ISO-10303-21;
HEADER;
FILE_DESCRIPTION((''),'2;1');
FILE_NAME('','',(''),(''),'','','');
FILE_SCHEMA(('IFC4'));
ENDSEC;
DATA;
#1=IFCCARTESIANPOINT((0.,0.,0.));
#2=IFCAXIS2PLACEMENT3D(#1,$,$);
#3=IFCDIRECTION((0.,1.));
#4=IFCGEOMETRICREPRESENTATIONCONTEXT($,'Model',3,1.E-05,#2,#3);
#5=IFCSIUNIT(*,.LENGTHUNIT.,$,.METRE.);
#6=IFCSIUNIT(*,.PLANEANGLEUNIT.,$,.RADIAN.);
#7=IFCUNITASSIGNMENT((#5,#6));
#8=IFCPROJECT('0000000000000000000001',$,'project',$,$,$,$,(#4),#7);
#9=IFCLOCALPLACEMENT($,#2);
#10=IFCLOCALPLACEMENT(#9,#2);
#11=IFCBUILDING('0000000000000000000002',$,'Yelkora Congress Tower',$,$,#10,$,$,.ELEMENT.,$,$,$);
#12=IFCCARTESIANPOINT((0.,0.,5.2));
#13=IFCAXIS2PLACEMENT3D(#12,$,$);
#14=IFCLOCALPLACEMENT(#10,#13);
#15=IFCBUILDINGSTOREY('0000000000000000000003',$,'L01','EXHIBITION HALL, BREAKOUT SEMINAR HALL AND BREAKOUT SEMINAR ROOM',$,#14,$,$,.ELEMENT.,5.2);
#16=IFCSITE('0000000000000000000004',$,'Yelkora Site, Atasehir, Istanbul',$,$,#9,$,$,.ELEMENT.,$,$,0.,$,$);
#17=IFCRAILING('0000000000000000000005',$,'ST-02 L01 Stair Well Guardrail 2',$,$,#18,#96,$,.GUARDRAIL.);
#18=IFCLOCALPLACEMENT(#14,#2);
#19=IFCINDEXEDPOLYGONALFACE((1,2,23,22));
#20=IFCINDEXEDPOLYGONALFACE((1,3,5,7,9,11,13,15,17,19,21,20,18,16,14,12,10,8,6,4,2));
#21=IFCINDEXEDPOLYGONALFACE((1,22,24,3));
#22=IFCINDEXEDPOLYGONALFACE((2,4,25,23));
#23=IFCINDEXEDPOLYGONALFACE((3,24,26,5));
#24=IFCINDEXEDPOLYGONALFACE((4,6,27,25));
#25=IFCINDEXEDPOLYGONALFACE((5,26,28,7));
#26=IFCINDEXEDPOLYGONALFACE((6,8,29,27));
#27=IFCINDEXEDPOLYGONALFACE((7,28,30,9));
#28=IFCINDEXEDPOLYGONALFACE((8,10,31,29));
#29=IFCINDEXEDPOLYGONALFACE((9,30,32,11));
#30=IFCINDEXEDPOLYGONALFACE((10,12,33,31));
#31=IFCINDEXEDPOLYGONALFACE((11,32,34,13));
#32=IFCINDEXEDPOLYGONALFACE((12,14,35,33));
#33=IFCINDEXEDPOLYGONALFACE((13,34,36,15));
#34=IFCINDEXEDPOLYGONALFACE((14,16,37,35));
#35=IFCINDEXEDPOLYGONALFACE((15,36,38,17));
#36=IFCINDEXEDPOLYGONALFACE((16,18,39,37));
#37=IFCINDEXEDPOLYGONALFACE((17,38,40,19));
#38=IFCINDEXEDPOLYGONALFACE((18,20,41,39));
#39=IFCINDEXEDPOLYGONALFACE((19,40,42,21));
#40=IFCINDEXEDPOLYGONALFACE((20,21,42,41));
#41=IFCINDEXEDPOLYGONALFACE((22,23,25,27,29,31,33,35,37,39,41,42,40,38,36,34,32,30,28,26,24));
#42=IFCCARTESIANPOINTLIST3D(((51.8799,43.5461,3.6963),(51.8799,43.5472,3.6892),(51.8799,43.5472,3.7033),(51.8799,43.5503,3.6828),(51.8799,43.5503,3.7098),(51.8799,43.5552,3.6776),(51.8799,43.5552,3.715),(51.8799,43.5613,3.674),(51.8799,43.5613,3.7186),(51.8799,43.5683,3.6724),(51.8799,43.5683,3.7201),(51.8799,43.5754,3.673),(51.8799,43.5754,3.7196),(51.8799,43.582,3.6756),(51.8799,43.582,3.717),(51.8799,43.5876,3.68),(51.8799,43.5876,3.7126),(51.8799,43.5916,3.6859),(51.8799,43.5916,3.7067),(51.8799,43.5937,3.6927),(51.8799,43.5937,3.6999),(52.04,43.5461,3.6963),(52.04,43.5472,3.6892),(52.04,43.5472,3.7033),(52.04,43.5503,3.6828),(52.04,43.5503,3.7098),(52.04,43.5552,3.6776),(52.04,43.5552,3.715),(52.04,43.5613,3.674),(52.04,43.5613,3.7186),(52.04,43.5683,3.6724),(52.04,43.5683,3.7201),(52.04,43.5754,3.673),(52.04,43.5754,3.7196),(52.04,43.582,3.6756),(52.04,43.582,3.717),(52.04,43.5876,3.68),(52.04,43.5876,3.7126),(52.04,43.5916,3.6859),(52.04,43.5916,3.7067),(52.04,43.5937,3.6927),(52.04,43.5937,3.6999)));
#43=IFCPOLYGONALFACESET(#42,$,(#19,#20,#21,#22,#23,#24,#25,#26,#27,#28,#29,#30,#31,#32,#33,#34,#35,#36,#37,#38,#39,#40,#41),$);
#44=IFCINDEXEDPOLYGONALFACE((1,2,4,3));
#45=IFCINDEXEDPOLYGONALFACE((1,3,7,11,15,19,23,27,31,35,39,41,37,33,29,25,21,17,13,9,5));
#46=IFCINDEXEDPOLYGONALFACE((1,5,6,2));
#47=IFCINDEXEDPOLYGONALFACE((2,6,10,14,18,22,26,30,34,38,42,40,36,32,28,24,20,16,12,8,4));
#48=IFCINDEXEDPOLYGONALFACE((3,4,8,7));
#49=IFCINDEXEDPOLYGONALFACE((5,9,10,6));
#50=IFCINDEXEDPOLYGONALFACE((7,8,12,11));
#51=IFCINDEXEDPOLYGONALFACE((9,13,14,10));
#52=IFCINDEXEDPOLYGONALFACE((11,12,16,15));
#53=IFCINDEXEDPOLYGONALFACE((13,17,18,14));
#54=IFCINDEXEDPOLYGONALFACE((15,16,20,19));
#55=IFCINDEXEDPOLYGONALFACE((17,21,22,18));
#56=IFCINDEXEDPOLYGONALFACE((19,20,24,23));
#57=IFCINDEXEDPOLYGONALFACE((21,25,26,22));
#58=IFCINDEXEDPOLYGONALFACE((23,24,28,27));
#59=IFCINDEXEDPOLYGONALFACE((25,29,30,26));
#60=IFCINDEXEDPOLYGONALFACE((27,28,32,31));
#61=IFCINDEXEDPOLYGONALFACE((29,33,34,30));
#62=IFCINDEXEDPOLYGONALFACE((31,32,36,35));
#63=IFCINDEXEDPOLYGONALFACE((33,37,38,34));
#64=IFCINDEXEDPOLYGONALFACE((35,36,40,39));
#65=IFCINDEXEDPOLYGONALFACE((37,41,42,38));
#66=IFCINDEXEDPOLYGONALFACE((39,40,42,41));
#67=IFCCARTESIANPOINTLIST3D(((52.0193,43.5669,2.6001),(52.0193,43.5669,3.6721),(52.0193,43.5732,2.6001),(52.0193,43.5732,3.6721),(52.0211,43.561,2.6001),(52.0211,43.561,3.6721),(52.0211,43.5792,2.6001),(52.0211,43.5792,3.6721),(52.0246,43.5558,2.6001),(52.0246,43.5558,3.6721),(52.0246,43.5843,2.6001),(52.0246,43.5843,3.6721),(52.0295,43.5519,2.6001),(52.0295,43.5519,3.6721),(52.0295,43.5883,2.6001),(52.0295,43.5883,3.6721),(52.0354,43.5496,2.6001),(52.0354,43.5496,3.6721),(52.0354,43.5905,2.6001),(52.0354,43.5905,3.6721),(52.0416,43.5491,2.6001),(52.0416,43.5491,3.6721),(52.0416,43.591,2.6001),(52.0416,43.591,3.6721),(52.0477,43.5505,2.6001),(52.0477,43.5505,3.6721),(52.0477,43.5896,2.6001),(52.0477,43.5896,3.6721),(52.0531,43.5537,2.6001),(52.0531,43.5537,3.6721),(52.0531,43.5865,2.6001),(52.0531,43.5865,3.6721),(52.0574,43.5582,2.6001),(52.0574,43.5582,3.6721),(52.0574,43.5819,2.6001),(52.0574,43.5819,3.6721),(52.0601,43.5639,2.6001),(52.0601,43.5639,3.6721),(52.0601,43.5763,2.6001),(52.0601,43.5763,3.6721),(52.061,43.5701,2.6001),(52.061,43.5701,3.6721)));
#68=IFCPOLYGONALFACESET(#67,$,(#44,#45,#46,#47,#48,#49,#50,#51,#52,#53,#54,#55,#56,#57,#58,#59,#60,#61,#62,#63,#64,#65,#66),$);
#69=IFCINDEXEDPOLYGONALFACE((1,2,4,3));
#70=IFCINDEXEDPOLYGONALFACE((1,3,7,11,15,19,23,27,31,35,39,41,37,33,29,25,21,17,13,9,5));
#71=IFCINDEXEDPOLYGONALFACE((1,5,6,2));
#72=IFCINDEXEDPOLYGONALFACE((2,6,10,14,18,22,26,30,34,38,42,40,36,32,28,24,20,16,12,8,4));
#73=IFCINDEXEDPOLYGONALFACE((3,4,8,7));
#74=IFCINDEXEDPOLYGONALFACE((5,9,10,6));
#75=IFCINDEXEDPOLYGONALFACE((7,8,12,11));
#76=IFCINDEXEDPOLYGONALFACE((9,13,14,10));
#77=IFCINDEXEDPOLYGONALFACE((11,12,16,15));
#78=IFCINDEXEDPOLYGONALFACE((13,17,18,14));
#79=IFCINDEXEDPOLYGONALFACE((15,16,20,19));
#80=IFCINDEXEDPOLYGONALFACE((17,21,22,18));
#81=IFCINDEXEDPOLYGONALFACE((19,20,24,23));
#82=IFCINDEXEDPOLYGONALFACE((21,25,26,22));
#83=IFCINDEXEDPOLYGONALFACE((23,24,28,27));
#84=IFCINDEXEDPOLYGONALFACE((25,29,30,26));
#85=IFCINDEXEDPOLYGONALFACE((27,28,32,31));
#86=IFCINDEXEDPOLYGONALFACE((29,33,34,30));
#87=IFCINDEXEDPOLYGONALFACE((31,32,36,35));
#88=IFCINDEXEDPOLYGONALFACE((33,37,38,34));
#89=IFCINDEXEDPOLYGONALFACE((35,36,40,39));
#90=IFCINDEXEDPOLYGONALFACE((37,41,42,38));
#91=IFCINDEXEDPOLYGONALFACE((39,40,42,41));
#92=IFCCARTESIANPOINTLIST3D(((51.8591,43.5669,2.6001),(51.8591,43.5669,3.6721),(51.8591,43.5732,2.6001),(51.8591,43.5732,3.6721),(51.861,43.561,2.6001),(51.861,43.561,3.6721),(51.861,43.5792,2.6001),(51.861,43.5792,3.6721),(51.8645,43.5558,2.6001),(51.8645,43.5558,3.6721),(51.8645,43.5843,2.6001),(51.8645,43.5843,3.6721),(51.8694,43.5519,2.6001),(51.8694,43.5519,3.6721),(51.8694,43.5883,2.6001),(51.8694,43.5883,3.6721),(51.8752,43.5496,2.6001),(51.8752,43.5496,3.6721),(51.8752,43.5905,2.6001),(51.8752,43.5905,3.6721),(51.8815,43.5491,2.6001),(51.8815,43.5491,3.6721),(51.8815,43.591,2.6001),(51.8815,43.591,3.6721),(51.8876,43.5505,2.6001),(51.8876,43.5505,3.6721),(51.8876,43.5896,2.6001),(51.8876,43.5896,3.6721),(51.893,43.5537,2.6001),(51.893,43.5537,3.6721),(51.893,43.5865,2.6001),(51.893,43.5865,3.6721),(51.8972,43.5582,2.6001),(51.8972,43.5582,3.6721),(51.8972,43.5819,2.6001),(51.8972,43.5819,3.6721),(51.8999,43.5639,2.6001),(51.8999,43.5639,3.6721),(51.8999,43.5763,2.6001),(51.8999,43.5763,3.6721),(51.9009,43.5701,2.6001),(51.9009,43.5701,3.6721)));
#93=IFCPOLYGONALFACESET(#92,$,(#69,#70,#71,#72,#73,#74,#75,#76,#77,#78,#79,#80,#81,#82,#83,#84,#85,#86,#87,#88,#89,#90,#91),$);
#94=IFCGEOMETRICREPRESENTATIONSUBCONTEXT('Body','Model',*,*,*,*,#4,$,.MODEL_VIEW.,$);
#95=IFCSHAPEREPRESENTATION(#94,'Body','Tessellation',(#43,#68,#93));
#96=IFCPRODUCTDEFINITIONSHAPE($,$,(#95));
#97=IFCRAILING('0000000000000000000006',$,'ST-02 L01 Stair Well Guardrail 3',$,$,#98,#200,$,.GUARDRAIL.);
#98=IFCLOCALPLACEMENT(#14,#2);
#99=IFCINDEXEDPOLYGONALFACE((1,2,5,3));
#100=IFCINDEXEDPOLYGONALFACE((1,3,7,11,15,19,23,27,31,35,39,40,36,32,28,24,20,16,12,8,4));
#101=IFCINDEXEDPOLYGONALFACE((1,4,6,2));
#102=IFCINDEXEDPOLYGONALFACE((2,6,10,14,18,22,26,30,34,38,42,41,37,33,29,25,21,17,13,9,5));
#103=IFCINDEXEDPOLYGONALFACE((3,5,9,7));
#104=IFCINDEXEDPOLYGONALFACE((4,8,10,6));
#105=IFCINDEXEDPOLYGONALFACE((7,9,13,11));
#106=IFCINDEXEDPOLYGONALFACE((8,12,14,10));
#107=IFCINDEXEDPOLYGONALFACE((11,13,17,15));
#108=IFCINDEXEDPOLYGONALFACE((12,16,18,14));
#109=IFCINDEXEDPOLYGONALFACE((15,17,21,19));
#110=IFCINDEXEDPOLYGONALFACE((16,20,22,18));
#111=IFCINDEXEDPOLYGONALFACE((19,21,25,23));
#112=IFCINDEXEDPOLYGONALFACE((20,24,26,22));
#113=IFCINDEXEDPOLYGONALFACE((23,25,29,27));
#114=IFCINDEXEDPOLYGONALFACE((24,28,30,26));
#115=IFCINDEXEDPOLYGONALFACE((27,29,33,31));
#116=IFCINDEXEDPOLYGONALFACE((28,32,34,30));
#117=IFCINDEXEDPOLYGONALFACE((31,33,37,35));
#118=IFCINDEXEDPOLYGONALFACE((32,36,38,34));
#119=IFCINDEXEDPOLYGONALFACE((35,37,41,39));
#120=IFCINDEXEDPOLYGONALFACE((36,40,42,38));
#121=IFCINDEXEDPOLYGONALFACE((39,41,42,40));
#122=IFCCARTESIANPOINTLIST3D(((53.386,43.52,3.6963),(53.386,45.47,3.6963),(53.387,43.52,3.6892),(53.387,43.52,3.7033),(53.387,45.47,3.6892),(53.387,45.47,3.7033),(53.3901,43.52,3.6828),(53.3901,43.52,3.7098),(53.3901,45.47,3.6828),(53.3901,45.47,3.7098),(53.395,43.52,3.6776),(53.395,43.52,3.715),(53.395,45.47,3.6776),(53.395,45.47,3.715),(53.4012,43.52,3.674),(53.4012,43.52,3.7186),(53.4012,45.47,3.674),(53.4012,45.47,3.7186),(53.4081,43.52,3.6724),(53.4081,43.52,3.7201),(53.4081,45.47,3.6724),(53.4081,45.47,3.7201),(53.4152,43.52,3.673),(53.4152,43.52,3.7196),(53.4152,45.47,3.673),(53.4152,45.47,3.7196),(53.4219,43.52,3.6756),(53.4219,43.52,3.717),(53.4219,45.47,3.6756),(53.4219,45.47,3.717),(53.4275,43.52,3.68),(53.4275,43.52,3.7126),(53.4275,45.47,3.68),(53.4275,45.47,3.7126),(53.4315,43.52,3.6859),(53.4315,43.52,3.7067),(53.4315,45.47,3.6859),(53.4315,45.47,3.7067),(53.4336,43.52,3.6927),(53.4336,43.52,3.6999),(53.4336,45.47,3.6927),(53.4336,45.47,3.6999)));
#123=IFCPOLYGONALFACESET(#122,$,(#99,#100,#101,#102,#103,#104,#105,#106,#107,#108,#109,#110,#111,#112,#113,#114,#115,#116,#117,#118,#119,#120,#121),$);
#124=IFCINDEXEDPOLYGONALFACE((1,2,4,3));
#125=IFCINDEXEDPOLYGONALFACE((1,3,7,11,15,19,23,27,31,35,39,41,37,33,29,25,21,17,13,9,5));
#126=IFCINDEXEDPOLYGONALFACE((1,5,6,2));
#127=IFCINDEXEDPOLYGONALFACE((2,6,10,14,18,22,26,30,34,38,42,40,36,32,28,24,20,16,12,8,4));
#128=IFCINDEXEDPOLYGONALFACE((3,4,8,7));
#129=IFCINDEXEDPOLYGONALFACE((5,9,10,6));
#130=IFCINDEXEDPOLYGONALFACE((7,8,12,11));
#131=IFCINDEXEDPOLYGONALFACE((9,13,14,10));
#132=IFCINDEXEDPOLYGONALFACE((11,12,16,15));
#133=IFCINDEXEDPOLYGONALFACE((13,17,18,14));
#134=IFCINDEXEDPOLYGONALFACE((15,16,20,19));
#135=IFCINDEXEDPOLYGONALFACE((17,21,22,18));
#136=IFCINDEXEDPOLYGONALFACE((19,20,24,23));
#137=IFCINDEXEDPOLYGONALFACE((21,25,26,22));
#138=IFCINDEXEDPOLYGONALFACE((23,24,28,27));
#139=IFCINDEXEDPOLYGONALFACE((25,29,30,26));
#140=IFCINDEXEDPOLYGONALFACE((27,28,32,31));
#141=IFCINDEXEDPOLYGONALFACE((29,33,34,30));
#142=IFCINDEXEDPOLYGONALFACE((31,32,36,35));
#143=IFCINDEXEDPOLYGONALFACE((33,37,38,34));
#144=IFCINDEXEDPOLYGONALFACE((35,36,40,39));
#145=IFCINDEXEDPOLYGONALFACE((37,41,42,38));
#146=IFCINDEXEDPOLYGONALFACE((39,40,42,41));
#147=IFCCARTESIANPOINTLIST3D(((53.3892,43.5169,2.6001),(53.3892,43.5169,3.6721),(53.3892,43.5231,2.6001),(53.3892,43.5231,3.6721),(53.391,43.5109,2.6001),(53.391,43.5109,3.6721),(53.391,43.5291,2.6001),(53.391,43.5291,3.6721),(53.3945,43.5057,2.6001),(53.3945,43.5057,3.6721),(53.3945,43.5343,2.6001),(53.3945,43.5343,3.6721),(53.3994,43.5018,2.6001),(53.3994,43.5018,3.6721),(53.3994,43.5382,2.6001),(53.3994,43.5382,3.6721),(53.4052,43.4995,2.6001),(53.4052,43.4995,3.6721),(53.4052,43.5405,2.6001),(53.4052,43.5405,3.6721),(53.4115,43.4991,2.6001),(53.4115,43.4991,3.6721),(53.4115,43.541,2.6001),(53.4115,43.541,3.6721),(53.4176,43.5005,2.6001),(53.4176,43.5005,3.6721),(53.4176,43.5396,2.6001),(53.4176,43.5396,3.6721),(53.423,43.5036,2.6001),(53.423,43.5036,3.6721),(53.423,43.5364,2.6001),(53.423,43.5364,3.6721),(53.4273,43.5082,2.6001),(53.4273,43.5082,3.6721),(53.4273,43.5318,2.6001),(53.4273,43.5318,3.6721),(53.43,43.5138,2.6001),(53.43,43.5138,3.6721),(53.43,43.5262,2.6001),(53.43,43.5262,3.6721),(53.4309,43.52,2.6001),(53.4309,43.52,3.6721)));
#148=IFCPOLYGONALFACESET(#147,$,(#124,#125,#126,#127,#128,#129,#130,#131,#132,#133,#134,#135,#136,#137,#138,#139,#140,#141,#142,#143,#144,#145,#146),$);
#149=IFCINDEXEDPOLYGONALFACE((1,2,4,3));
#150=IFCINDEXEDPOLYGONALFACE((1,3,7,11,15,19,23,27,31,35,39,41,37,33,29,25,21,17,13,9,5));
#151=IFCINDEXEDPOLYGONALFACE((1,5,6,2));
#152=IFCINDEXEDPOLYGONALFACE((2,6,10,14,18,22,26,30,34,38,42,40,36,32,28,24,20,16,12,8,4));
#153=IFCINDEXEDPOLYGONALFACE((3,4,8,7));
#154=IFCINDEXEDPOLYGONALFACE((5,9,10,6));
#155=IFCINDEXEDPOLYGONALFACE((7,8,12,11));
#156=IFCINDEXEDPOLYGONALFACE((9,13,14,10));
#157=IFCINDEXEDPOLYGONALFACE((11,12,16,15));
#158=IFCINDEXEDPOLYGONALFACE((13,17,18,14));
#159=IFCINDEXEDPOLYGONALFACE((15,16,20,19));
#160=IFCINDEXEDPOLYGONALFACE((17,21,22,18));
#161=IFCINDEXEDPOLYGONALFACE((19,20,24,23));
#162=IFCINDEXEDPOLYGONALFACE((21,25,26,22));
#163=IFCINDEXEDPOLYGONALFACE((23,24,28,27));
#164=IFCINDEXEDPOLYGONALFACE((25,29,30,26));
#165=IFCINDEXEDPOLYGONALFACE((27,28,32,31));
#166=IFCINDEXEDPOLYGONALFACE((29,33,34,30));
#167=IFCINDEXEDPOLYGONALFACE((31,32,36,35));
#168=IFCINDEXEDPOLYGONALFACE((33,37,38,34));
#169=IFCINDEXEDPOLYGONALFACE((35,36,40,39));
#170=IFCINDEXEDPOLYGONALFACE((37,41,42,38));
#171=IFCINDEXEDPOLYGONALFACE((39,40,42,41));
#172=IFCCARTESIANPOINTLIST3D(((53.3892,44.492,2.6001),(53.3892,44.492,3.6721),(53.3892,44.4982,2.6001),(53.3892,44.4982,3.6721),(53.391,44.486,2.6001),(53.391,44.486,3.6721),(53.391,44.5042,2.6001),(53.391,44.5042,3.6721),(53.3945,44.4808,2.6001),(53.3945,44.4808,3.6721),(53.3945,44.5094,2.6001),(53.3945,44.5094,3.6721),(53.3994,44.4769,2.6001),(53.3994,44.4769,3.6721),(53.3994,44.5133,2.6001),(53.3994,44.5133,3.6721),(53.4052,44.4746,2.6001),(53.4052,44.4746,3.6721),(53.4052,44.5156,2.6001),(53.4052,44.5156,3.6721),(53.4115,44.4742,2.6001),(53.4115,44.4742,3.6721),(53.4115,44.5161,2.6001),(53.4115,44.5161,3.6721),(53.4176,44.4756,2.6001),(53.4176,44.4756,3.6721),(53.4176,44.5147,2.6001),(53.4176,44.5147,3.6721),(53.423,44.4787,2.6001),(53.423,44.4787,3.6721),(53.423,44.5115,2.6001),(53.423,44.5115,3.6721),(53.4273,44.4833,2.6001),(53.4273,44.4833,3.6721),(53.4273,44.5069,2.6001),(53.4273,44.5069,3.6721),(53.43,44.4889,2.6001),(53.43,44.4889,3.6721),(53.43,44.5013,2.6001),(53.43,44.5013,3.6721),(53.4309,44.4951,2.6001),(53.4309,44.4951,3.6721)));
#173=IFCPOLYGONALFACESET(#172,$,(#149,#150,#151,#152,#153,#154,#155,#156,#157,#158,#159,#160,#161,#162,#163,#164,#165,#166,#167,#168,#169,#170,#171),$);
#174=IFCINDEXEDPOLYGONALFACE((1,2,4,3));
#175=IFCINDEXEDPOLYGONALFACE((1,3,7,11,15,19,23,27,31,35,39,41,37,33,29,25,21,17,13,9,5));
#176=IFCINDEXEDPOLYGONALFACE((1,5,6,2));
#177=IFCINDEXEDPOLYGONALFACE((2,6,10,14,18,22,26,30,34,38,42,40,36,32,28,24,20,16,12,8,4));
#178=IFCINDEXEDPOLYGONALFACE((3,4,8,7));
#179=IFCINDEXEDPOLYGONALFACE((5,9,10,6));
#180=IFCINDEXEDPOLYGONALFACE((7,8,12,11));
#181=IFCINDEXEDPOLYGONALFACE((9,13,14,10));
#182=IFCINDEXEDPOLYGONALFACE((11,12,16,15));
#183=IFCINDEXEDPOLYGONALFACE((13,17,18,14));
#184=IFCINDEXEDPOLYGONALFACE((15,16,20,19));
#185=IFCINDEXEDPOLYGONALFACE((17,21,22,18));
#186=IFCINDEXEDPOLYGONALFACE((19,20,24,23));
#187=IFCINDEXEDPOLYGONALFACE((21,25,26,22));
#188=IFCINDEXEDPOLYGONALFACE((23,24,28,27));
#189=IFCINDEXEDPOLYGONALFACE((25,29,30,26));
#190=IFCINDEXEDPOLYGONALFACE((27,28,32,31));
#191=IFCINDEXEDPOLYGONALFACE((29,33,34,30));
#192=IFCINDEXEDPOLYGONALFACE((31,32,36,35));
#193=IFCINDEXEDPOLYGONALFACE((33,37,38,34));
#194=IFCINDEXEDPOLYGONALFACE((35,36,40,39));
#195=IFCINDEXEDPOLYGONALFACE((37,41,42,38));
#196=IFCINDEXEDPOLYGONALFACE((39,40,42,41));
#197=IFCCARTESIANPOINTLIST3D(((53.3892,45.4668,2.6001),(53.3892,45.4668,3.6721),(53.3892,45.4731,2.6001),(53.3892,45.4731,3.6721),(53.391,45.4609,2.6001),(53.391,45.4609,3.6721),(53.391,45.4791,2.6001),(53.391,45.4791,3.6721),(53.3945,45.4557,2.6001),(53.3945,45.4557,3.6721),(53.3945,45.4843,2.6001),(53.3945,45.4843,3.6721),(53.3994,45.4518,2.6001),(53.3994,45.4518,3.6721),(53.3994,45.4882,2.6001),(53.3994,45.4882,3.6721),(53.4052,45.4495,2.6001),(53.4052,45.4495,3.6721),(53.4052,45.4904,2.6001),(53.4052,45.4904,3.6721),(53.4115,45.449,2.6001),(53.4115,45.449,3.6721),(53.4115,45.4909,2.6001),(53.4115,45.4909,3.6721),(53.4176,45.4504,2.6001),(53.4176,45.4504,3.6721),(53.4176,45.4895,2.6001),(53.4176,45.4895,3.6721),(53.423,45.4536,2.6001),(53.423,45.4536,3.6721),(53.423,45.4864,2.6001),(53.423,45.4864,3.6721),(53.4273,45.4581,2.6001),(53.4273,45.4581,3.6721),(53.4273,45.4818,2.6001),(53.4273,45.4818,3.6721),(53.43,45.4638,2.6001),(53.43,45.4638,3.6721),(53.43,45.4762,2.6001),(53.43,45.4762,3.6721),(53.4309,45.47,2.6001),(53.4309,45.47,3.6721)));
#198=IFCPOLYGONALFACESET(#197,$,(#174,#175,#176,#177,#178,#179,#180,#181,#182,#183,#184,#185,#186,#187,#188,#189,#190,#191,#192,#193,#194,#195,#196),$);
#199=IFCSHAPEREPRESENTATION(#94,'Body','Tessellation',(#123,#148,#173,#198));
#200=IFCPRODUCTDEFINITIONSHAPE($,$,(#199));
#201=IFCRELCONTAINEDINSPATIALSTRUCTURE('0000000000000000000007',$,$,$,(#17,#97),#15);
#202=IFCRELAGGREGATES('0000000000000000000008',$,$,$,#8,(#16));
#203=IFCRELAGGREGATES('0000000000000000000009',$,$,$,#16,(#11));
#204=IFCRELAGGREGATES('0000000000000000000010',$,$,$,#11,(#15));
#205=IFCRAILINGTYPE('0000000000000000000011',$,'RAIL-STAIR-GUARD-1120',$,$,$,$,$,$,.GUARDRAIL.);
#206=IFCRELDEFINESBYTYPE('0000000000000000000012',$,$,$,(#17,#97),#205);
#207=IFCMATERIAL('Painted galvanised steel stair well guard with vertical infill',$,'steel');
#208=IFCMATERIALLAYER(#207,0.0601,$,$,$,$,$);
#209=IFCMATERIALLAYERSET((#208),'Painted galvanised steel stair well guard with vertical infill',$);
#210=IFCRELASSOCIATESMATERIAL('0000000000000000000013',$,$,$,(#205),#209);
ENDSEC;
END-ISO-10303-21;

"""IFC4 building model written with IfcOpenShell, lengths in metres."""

from ifc_helpers import new_model, si_unit, direction, frame, origin, origin_2d, place, context, subcontext, project, spatial, circle, extrude, material, layer, layer_set, type_object, element, save


model = new_model("IFC4")

# Units and contexts
model_context = context("Model", 3, precision=1e-05, world=origin(), true_north=direction((0.0, 1.0)))
body_context = subcontext(model_context, "Body", "Model", "MODEL_VIEW")
ifc_project = project(units=[si_unit("LENGTHUNIT", "METRE"), si_unit("PLANEANGLEUNIT", "RADIAN")], contexts=[model_context])

# Site, building, storey
site_placement = place(None, origin())
site = spatial("IfcSite", under=ifc_project, at=site_placement, Name="Yelkora Site, Atasehir, Istanbul", CompositionType="ELEMENT", RefElevation=0.0)
building_placement = place(site_placement, origin())
building = spatial("IfcBuilding", under=site, at=building_placement, Name="Yelkora Congress Tower", CompositionType="ELEMENT")
storey_placement = place(building_placement, frame((0.0, 0.0, 5.2)))
storey = spatial("IfcBuildingStorey", under=building, at=storey_placement, Name="L01", Description="EXHIBITION HALL, BREAKOUT SEMINAR HALL AND BREAKOUT SEMINAR ROOM", CompositionType="ELEMENT", Elevation=5.2)

# Railings
ifc_material_1 = material(Name="Painted galvanised steel stair well guard with vertical infill", Category="steel")
ifc_layer_1 = layer(ifc_material_1, 0.0601)
ifc_layer_set_1 = layer_set([ifc_layer_1], Name="Painted galvanised steel stair well guard with vertical infill")
railing_type_1 = type_object("IfcRailingType", Name="RAIL-STAIR-GUARD-1120", PredefinedType="GUARDRAIL", material=ifc_layer_set_1)
railing_1_placement = place(storey_placement, frame((52.04, 43.5701, 2.6001)))
element("IfcRailing", 1, at=railing_1_placement, inside=storey, type_object=railing_type_1, Name="ST-02 L01 Stair Well Guardrail 2", PredefinedType="GUARDRAIL", context=body_context, shape_type="SweptSolid", body=[
    extrude(circle(Radius=0.0239, at=origin_2d()), frame((0.0, 0.0, 1.0962), z_axis=(-1.0, 0.0, 0.0), x_axis=(0.0, -1.0, 0.0)), (0.0, 0.0, 1.0), 0.1602),
    extrude(circle(Radius=0.021, at=origin_2d()), origin(), (0.0, 0.0, 1.0), 1.072),
    extrude(circle(Radius=0.021, at=origin_2d()), frame((-0.1602, 0.0, 0.0)), (0.0, 0.0, 1.0), 1.072),
])
for number, where, name in (
    (2, (53.4099, 43.52, 2.6001), "ST-02 L01 Stair Well Guardrail 3"),
):
    element("IfcRailing", number, at=place(storey_placement, frame(where)), inside=storey, type_object=railing_type_1, Name=name, PredefinedType="GUARDRAIL", context=body_context, shape_type="SweptSolid", body=[
        extrude(circle(Radius=0.0239, at=origin_2d()), frame((0.0, 0.0, 1.0962), z_axis=(0.0, 1.0, 0.0), x_axis=(-1.0, 0.0, 0.0)), (0.0, 0.0, 1.0), 1.95),
        extrude(circle(Radius=0.021, at=origin_2d()), origin(), (0.0, 0.0, 1.0), 1.072),
        extrude(circle(Radius=0.021, at=origin_2d()), frame((0.0, 0.9751, 0.0)), (0.0, 0.0, 1.0), 1.072),
        extrude(circle(Radius=0.021, at=origin_2d()), frame((0.0, 1.95, 0.0)), (0.0, 0.0, 1.0), 1.072),
    ])

save(model, "model.ifc")
